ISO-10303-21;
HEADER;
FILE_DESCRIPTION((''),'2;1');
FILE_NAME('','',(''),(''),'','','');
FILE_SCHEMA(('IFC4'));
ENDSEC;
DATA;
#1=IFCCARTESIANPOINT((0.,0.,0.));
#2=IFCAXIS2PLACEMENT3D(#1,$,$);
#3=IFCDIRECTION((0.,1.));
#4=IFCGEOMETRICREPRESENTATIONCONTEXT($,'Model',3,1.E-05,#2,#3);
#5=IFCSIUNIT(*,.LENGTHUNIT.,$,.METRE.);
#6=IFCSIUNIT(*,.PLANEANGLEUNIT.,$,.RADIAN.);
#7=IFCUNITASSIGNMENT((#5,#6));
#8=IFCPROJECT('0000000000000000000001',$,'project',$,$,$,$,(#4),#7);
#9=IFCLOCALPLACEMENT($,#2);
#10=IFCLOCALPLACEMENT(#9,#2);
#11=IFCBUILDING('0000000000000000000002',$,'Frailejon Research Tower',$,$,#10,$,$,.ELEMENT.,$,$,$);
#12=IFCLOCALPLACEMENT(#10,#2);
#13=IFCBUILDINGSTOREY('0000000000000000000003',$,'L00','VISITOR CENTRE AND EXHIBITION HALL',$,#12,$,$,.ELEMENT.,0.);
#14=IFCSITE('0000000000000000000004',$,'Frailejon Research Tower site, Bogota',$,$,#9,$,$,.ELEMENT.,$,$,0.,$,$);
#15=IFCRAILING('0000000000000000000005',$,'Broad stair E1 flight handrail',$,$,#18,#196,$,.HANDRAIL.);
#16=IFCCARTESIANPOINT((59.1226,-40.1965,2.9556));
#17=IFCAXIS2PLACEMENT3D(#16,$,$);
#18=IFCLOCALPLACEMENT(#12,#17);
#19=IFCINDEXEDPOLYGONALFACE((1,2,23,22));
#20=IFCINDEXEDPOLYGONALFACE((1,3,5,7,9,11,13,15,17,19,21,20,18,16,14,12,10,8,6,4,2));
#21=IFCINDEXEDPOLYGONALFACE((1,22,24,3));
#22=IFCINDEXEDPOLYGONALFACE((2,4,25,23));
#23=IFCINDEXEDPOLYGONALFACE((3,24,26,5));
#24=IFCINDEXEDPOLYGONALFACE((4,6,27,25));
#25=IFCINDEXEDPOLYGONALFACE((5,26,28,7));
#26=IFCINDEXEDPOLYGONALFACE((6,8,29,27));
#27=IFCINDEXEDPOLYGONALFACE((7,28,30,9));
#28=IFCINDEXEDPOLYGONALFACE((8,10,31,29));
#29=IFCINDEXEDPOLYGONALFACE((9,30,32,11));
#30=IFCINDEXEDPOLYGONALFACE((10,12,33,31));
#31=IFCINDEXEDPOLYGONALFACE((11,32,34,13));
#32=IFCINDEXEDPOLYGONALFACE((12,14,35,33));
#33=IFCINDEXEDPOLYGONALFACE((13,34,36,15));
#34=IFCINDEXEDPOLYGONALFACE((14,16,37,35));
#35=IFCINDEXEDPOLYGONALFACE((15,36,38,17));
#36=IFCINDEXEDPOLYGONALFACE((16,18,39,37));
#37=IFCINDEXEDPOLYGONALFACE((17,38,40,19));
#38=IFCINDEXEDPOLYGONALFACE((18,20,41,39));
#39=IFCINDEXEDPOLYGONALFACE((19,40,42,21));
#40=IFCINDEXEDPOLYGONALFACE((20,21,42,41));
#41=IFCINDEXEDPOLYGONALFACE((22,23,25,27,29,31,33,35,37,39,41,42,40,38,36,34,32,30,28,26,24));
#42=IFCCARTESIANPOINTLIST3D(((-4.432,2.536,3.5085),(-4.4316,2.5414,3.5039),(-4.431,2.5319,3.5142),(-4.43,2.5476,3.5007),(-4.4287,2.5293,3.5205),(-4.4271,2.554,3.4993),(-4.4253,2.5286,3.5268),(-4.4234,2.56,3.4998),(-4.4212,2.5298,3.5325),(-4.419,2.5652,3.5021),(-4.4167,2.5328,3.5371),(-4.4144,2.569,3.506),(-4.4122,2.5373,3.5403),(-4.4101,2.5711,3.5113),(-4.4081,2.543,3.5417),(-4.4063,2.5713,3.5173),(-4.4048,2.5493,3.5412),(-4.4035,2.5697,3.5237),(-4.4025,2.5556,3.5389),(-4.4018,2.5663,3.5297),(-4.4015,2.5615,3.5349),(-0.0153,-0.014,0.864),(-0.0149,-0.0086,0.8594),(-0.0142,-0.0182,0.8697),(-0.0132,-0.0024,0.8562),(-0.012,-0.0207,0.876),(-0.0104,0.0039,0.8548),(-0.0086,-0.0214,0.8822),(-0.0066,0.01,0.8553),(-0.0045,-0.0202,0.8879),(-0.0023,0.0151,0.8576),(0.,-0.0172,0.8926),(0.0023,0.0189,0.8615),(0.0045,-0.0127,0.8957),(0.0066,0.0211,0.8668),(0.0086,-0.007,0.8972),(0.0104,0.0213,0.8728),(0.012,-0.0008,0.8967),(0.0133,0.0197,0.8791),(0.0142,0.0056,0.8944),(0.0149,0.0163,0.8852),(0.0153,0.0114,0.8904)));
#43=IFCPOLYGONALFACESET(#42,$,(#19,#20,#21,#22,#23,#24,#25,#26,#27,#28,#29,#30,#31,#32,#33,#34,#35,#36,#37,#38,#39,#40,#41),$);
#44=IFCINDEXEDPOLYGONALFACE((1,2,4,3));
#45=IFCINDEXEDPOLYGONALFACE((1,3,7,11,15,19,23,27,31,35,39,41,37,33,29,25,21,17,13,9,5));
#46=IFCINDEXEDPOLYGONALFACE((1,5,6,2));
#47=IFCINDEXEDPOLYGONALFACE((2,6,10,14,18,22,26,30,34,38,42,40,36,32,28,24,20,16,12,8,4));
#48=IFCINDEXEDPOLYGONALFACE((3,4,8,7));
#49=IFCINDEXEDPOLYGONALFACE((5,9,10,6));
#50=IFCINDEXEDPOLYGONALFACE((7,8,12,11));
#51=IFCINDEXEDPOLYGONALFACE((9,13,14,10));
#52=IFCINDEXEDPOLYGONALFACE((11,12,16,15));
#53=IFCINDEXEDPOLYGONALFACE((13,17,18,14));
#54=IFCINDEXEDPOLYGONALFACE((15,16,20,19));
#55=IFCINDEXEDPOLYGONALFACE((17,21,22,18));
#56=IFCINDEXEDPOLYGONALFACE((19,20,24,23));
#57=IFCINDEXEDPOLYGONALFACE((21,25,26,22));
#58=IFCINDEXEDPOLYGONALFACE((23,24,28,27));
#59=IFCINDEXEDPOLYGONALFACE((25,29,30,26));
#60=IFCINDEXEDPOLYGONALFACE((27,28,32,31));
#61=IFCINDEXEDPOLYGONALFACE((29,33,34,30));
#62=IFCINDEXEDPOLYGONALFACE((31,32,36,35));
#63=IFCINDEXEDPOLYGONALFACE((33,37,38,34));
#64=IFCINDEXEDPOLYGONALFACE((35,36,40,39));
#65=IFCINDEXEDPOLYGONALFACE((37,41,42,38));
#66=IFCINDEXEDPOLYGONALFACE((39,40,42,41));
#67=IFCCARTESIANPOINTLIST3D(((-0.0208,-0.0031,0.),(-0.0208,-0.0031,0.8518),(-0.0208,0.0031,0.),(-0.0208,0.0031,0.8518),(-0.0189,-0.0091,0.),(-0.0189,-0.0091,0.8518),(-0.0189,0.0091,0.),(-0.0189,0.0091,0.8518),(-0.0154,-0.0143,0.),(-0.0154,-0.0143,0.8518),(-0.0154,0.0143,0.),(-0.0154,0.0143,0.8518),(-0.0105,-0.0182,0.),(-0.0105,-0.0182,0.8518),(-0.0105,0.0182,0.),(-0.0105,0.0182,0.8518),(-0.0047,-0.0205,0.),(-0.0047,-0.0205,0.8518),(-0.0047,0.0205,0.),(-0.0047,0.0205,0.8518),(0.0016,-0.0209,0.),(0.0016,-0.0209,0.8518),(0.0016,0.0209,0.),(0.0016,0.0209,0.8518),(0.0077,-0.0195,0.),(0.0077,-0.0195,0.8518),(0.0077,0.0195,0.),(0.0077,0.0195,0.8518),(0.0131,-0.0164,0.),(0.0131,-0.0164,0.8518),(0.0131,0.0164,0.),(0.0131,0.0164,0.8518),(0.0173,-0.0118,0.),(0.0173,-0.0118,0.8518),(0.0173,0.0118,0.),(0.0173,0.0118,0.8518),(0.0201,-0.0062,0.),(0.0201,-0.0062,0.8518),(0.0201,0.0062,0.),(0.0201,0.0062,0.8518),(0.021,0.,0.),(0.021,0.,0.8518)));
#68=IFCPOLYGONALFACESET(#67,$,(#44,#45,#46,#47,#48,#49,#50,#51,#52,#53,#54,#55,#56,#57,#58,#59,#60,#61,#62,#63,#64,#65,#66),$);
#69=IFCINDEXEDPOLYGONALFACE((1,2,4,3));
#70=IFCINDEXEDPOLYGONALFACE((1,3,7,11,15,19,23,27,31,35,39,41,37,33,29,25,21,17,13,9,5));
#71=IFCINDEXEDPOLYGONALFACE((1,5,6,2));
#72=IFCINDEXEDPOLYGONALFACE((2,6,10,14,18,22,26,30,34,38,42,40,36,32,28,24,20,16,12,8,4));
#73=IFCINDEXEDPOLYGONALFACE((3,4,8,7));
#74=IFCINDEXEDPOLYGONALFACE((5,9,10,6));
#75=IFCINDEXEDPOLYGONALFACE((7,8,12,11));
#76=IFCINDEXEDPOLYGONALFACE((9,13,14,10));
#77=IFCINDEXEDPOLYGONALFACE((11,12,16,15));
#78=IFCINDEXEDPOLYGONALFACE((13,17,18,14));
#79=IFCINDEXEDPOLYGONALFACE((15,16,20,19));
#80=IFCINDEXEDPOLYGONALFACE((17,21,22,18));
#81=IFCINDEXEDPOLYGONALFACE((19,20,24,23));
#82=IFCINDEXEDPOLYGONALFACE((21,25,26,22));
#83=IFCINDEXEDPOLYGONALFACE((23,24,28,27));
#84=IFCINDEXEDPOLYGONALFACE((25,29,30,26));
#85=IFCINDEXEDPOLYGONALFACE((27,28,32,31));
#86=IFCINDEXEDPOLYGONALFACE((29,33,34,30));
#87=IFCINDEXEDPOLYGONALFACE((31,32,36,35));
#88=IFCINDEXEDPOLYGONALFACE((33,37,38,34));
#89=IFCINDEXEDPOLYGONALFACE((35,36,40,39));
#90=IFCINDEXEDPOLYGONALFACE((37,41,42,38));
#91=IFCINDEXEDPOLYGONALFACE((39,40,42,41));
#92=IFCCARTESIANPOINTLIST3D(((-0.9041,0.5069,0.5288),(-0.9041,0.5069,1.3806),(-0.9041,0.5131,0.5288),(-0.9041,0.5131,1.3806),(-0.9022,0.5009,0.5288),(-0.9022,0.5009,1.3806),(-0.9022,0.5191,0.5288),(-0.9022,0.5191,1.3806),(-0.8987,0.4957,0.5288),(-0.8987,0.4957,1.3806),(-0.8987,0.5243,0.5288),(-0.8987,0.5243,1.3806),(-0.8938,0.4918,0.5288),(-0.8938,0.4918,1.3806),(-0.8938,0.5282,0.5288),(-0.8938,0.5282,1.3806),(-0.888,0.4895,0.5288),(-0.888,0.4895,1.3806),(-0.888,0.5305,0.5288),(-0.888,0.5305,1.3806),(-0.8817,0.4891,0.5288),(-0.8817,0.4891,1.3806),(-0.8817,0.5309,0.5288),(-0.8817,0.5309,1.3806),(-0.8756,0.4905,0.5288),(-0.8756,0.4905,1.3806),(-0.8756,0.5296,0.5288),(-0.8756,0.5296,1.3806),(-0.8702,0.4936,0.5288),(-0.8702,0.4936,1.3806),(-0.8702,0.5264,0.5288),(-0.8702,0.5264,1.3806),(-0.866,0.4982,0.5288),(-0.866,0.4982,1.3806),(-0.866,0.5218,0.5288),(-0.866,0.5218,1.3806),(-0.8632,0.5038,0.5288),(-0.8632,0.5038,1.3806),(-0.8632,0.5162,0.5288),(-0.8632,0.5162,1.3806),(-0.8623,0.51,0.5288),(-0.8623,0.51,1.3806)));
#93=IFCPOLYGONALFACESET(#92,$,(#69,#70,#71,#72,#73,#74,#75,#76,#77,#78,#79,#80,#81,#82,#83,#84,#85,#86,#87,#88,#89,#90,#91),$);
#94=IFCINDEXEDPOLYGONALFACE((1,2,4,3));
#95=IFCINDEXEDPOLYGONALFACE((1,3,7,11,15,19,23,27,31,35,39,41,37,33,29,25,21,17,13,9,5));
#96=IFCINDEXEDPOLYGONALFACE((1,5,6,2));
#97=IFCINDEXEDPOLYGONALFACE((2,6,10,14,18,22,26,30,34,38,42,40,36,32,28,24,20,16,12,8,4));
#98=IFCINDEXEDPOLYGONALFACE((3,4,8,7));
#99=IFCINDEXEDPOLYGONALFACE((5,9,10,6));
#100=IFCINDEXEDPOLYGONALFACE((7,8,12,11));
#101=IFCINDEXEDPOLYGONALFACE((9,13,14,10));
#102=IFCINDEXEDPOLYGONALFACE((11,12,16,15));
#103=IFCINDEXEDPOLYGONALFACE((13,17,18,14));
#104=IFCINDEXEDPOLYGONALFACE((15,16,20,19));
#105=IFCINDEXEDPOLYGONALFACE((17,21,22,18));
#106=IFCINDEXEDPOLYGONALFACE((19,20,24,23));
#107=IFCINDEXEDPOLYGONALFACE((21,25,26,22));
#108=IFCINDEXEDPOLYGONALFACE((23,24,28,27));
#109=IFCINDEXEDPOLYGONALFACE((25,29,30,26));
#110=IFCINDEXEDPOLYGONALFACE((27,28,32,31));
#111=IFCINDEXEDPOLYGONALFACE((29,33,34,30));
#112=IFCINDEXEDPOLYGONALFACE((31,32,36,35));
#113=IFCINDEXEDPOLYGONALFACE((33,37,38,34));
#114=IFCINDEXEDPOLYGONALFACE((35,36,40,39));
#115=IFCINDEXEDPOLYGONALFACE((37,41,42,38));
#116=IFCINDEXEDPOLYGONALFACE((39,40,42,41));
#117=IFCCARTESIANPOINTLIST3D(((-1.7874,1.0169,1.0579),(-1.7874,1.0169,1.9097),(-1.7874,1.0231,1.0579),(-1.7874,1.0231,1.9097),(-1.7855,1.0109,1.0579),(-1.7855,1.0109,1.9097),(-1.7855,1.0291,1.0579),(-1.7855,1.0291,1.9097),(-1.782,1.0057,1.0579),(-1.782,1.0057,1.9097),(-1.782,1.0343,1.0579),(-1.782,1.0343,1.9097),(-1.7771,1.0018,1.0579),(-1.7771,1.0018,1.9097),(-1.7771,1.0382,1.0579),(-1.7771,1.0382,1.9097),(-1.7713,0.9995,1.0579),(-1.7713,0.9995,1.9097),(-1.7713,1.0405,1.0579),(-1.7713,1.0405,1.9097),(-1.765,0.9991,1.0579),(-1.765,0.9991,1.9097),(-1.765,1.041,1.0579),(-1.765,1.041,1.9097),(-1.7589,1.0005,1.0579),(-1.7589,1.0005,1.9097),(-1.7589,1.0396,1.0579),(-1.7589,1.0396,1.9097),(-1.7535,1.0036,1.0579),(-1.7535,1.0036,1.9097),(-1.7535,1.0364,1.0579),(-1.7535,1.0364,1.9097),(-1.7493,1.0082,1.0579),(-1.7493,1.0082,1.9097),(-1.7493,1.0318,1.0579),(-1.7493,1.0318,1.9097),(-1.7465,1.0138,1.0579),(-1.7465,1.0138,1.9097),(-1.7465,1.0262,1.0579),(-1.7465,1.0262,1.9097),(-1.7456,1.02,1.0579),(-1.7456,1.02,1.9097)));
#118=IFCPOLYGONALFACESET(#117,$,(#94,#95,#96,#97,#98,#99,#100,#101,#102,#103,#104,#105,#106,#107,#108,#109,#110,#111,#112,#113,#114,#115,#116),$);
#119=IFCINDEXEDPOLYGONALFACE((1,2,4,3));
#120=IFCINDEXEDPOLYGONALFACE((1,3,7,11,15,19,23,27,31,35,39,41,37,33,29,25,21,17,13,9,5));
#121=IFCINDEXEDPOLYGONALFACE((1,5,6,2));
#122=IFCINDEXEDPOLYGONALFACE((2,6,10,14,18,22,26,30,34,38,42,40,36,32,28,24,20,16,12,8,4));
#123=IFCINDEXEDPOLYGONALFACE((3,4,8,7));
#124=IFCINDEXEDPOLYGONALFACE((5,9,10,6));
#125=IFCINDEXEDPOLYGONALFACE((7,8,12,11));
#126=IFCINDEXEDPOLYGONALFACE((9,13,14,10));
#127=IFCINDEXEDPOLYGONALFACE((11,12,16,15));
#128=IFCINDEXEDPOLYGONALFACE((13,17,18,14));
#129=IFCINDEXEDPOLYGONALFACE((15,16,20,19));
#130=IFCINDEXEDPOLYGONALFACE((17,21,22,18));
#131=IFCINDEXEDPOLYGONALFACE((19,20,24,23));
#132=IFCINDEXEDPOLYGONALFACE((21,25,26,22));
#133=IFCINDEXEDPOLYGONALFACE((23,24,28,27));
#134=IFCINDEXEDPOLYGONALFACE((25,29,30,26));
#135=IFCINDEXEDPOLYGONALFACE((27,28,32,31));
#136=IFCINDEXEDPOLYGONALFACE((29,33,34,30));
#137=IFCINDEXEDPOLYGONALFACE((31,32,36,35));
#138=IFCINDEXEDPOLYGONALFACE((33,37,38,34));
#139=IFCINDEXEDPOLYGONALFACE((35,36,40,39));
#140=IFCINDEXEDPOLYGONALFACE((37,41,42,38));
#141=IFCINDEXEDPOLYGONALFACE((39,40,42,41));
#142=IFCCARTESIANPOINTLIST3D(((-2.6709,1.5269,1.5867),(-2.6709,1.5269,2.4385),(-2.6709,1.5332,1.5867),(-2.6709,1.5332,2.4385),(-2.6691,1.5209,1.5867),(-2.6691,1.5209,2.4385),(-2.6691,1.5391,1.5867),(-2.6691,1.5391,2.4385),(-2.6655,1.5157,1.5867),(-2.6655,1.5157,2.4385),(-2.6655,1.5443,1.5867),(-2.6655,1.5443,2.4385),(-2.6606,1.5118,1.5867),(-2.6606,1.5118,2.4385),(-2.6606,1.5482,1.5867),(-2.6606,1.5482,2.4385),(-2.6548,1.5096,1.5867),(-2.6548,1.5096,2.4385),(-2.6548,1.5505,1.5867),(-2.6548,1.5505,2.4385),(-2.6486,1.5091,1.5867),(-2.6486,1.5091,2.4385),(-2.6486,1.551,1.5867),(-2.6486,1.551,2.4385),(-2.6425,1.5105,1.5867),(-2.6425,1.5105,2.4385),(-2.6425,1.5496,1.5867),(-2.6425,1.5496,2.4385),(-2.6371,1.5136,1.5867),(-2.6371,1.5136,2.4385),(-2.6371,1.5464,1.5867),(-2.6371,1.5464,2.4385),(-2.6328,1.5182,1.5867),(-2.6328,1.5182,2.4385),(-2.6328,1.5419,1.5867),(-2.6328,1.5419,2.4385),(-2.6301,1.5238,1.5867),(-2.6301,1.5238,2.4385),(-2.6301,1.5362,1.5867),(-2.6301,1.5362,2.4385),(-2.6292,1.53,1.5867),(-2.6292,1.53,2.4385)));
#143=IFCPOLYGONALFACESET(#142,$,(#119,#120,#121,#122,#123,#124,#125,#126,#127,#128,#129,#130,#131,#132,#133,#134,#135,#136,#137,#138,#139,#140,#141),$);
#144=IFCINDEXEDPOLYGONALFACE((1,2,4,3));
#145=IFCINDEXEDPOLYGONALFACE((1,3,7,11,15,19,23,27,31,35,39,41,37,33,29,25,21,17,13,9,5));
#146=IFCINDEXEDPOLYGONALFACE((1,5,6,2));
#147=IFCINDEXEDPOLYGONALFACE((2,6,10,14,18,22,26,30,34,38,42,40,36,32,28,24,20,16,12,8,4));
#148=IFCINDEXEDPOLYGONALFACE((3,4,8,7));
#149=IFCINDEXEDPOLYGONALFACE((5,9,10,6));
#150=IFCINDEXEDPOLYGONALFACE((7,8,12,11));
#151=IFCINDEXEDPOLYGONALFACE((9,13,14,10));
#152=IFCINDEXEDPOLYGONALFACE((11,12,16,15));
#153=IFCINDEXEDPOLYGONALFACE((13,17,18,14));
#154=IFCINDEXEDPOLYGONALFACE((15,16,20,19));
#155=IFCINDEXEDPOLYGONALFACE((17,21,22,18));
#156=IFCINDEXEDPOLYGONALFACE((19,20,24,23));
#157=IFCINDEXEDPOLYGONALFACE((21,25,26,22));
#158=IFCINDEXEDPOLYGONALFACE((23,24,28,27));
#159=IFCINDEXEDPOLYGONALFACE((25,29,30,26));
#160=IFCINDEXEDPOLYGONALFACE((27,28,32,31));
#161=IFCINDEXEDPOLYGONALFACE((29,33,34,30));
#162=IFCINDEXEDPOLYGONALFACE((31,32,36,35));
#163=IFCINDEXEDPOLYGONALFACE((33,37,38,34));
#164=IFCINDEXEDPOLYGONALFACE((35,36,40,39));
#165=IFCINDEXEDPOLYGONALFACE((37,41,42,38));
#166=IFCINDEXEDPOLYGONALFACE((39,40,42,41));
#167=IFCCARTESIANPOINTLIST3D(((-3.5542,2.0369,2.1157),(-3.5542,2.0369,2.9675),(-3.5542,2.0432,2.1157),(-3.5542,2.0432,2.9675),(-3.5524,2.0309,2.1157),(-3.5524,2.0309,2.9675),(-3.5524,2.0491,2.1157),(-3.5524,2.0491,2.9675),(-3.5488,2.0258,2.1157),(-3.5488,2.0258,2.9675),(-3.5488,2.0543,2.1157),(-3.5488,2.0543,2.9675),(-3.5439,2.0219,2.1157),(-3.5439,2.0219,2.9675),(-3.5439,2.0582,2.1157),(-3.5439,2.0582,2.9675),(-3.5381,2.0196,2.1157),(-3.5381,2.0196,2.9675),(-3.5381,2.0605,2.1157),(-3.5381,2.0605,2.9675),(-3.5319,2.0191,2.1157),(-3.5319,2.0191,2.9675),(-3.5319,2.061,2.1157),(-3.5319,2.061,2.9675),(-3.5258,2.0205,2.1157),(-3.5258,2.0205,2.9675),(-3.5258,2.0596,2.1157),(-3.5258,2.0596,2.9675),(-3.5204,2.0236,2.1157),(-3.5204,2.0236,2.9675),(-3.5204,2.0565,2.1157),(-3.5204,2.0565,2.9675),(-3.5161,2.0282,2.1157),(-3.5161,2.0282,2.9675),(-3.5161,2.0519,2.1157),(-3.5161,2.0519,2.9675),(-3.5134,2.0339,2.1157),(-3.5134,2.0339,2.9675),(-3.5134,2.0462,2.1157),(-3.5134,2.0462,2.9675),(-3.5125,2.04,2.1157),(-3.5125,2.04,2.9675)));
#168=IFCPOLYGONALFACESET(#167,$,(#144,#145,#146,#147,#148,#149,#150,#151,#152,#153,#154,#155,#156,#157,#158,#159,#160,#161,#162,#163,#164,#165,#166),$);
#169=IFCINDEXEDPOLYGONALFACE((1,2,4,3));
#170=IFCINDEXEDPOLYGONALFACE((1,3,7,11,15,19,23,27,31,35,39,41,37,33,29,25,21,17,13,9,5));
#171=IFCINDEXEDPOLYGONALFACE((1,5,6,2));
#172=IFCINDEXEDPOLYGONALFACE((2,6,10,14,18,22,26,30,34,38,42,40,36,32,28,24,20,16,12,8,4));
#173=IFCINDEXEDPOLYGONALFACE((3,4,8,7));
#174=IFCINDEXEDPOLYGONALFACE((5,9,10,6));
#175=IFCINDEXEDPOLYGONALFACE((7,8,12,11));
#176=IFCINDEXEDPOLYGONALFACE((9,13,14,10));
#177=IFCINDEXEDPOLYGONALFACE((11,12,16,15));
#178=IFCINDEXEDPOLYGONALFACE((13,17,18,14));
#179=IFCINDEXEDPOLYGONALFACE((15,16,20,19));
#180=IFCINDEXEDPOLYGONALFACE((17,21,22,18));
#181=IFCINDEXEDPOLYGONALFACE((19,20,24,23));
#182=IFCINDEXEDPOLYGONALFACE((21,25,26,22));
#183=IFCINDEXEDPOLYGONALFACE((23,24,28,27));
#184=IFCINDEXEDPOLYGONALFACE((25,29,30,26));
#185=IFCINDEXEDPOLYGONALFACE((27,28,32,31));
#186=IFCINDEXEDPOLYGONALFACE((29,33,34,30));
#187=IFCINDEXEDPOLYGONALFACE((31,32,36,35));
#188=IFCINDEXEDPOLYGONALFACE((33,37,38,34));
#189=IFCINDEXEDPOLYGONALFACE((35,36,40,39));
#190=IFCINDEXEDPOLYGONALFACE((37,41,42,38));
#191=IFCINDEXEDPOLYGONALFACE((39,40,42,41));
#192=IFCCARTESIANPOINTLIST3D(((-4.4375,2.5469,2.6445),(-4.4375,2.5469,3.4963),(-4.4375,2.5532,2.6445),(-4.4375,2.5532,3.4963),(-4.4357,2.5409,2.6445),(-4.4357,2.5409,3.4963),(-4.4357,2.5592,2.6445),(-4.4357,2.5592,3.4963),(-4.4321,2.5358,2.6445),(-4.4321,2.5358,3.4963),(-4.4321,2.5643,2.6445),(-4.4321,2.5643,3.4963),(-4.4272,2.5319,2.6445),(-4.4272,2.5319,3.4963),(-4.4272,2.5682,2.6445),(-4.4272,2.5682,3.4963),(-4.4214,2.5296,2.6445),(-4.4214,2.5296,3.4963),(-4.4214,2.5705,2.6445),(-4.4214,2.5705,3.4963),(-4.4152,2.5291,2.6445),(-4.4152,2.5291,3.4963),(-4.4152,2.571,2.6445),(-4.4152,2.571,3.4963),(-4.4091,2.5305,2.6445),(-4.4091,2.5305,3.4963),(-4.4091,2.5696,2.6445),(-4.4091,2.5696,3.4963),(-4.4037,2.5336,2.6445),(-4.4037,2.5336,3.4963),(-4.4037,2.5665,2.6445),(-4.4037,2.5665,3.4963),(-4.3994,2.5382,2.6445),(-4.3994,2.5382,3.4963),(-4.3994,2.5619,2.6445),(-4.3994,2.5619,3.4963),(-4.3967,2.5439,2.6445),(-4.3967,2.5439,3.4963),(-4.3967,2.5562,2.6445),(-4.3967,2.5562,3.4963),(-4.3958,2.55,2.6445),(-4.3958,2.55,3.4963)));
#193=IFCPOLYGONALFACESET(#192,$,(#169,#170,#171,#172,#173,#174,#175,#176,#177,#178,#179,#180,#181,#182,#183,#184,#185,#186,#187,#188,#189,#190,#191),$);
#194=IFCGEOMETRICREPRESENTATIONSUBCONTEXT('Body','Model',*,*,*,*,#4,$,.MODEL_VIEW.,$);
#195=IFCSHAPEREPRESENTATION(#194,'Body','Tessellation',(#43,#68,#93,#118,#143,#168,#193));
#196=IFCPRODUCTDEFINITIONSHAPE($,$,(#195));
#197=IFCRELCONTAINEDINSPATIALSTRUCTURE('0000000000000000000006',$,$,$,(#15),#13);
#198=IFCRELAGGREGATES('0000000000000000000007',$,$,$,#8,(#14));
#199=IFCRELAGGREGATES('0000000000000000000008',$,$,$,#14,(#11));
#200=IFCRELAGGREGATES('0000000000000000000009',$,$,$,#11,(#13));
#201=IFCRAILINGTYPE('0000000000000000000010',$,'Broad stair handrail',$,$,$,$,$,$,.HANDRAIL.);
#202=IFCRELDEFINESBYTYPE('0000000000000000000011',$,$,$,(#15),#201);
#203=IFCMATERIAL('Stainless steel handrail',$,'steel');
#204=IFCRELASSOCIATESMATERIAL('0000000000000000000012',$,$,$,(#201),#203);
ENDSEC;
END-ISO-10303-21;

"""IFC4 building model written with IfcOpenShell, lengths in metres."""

from ifc_helpers import new_model, si_unit, direction, frame, origin, origin_2d, place, context, subcontext, project, spatial, circle, extrude, material, type_object, element, save


model = new_model("IFC4")

# Units and contexts
model_context = context("Model", 3, precision=1e-05, world=origin(), true_north=direction((0.0, 1.0)))
body_context = subcontext(model_context, "Body", "Model", "MODEL_VIEW")
ifc_project = project(units=[si_unit("LENGTHUNIT", "METRE"), si_unit("PLANEANGLEUNIT", "RADIAN")], contexts=[model_context])

# Site, building, storey
site_placement = place(None, origin())
site = spatial("IfcSite", under=ifc_project, at=site_placement, Name="Frailejon Research Tower site, Bogota", CompositionType="ELEMENT", RefElevation=0.0)
building_placement = place(site_placement, origin())
building = spatial("IfcBuilding", under=site, at=building_placement, Name="Frailejon Research Tower", CompositionType="ELEMENT")
storey_placement = place(building_placement, origin())
storey = spatial("IfcBuildingStorey", under=building, at=storey_placement, Name="L00", Description="VISITOR CENTRE AND EXHIBITION HALL", CompositionType="ELEMENT", Elevation=0.0)

# Railing
ifc_material_1 = material(Name="Stainless steel handrail", Category="steel")
railing_type_1 = type_object("IfcRailingType", Name="Broad stair handrail", PredefinedType="HANDRAIL", material=ifc_material_1)
for number, where, name in (
    (1, (59.1226, -40.1965, 2.9556), "Broad stair E1 flight handrail"),
):
    element("IfcRailing", number, at=place(storey_placement, frame(where)), inside=storey, type_object=railing_type_1, Name=name, PredefinedType="HANDRAIL", context=body_context, shape_type="SweptSolid", body=[
        extrude(circle(Radius=0.0239, at=origin_2d()), frame((0.0, 0.0, 0.876), z_axis=(-0.768811, 0.44388, 0.460326), x_axis=(-0.500006, -0.866022, 0.0)), (0.0, 0.0, 1.0), 5.7449),
        extrude(circle(Radius=0.021, at=origin_2d()), origin(), (0.0, 0.0, 1.0), 0.8518),
        extrude(circle(Radius=0.021, at=origin_2d()), frame((-0.8833, 0.51, 0.5288)), (0.0, 0.0, 1.0), 0.8518),
        extrude(circle(Radius=0.021, at=origin_2d()), frame((-1.7666, 1.02, 1.0579)), (0.0, 0.0, 1.0), 0.8518),
        extrude(circle(Radius=0.021, at=origin_2d()), frame((-2.6501, 1.53, 1.5867)), (0.0, 0.0, 1.0), 0.8518),
        extrude(circle(Radius=0.021, at=origin_2d()), frame((-3.5334, 2.04, 2.1157)), (0.0, 0.0, 1.0), 0.8518),
        extrude(circle(Radius=0.021, at=origin_2d()), frame((-4.4167, 2.55, 2.6445)), (0.0, 0.0, 1.0), 0.8518),
    ])

save(model, "model.ifc")
